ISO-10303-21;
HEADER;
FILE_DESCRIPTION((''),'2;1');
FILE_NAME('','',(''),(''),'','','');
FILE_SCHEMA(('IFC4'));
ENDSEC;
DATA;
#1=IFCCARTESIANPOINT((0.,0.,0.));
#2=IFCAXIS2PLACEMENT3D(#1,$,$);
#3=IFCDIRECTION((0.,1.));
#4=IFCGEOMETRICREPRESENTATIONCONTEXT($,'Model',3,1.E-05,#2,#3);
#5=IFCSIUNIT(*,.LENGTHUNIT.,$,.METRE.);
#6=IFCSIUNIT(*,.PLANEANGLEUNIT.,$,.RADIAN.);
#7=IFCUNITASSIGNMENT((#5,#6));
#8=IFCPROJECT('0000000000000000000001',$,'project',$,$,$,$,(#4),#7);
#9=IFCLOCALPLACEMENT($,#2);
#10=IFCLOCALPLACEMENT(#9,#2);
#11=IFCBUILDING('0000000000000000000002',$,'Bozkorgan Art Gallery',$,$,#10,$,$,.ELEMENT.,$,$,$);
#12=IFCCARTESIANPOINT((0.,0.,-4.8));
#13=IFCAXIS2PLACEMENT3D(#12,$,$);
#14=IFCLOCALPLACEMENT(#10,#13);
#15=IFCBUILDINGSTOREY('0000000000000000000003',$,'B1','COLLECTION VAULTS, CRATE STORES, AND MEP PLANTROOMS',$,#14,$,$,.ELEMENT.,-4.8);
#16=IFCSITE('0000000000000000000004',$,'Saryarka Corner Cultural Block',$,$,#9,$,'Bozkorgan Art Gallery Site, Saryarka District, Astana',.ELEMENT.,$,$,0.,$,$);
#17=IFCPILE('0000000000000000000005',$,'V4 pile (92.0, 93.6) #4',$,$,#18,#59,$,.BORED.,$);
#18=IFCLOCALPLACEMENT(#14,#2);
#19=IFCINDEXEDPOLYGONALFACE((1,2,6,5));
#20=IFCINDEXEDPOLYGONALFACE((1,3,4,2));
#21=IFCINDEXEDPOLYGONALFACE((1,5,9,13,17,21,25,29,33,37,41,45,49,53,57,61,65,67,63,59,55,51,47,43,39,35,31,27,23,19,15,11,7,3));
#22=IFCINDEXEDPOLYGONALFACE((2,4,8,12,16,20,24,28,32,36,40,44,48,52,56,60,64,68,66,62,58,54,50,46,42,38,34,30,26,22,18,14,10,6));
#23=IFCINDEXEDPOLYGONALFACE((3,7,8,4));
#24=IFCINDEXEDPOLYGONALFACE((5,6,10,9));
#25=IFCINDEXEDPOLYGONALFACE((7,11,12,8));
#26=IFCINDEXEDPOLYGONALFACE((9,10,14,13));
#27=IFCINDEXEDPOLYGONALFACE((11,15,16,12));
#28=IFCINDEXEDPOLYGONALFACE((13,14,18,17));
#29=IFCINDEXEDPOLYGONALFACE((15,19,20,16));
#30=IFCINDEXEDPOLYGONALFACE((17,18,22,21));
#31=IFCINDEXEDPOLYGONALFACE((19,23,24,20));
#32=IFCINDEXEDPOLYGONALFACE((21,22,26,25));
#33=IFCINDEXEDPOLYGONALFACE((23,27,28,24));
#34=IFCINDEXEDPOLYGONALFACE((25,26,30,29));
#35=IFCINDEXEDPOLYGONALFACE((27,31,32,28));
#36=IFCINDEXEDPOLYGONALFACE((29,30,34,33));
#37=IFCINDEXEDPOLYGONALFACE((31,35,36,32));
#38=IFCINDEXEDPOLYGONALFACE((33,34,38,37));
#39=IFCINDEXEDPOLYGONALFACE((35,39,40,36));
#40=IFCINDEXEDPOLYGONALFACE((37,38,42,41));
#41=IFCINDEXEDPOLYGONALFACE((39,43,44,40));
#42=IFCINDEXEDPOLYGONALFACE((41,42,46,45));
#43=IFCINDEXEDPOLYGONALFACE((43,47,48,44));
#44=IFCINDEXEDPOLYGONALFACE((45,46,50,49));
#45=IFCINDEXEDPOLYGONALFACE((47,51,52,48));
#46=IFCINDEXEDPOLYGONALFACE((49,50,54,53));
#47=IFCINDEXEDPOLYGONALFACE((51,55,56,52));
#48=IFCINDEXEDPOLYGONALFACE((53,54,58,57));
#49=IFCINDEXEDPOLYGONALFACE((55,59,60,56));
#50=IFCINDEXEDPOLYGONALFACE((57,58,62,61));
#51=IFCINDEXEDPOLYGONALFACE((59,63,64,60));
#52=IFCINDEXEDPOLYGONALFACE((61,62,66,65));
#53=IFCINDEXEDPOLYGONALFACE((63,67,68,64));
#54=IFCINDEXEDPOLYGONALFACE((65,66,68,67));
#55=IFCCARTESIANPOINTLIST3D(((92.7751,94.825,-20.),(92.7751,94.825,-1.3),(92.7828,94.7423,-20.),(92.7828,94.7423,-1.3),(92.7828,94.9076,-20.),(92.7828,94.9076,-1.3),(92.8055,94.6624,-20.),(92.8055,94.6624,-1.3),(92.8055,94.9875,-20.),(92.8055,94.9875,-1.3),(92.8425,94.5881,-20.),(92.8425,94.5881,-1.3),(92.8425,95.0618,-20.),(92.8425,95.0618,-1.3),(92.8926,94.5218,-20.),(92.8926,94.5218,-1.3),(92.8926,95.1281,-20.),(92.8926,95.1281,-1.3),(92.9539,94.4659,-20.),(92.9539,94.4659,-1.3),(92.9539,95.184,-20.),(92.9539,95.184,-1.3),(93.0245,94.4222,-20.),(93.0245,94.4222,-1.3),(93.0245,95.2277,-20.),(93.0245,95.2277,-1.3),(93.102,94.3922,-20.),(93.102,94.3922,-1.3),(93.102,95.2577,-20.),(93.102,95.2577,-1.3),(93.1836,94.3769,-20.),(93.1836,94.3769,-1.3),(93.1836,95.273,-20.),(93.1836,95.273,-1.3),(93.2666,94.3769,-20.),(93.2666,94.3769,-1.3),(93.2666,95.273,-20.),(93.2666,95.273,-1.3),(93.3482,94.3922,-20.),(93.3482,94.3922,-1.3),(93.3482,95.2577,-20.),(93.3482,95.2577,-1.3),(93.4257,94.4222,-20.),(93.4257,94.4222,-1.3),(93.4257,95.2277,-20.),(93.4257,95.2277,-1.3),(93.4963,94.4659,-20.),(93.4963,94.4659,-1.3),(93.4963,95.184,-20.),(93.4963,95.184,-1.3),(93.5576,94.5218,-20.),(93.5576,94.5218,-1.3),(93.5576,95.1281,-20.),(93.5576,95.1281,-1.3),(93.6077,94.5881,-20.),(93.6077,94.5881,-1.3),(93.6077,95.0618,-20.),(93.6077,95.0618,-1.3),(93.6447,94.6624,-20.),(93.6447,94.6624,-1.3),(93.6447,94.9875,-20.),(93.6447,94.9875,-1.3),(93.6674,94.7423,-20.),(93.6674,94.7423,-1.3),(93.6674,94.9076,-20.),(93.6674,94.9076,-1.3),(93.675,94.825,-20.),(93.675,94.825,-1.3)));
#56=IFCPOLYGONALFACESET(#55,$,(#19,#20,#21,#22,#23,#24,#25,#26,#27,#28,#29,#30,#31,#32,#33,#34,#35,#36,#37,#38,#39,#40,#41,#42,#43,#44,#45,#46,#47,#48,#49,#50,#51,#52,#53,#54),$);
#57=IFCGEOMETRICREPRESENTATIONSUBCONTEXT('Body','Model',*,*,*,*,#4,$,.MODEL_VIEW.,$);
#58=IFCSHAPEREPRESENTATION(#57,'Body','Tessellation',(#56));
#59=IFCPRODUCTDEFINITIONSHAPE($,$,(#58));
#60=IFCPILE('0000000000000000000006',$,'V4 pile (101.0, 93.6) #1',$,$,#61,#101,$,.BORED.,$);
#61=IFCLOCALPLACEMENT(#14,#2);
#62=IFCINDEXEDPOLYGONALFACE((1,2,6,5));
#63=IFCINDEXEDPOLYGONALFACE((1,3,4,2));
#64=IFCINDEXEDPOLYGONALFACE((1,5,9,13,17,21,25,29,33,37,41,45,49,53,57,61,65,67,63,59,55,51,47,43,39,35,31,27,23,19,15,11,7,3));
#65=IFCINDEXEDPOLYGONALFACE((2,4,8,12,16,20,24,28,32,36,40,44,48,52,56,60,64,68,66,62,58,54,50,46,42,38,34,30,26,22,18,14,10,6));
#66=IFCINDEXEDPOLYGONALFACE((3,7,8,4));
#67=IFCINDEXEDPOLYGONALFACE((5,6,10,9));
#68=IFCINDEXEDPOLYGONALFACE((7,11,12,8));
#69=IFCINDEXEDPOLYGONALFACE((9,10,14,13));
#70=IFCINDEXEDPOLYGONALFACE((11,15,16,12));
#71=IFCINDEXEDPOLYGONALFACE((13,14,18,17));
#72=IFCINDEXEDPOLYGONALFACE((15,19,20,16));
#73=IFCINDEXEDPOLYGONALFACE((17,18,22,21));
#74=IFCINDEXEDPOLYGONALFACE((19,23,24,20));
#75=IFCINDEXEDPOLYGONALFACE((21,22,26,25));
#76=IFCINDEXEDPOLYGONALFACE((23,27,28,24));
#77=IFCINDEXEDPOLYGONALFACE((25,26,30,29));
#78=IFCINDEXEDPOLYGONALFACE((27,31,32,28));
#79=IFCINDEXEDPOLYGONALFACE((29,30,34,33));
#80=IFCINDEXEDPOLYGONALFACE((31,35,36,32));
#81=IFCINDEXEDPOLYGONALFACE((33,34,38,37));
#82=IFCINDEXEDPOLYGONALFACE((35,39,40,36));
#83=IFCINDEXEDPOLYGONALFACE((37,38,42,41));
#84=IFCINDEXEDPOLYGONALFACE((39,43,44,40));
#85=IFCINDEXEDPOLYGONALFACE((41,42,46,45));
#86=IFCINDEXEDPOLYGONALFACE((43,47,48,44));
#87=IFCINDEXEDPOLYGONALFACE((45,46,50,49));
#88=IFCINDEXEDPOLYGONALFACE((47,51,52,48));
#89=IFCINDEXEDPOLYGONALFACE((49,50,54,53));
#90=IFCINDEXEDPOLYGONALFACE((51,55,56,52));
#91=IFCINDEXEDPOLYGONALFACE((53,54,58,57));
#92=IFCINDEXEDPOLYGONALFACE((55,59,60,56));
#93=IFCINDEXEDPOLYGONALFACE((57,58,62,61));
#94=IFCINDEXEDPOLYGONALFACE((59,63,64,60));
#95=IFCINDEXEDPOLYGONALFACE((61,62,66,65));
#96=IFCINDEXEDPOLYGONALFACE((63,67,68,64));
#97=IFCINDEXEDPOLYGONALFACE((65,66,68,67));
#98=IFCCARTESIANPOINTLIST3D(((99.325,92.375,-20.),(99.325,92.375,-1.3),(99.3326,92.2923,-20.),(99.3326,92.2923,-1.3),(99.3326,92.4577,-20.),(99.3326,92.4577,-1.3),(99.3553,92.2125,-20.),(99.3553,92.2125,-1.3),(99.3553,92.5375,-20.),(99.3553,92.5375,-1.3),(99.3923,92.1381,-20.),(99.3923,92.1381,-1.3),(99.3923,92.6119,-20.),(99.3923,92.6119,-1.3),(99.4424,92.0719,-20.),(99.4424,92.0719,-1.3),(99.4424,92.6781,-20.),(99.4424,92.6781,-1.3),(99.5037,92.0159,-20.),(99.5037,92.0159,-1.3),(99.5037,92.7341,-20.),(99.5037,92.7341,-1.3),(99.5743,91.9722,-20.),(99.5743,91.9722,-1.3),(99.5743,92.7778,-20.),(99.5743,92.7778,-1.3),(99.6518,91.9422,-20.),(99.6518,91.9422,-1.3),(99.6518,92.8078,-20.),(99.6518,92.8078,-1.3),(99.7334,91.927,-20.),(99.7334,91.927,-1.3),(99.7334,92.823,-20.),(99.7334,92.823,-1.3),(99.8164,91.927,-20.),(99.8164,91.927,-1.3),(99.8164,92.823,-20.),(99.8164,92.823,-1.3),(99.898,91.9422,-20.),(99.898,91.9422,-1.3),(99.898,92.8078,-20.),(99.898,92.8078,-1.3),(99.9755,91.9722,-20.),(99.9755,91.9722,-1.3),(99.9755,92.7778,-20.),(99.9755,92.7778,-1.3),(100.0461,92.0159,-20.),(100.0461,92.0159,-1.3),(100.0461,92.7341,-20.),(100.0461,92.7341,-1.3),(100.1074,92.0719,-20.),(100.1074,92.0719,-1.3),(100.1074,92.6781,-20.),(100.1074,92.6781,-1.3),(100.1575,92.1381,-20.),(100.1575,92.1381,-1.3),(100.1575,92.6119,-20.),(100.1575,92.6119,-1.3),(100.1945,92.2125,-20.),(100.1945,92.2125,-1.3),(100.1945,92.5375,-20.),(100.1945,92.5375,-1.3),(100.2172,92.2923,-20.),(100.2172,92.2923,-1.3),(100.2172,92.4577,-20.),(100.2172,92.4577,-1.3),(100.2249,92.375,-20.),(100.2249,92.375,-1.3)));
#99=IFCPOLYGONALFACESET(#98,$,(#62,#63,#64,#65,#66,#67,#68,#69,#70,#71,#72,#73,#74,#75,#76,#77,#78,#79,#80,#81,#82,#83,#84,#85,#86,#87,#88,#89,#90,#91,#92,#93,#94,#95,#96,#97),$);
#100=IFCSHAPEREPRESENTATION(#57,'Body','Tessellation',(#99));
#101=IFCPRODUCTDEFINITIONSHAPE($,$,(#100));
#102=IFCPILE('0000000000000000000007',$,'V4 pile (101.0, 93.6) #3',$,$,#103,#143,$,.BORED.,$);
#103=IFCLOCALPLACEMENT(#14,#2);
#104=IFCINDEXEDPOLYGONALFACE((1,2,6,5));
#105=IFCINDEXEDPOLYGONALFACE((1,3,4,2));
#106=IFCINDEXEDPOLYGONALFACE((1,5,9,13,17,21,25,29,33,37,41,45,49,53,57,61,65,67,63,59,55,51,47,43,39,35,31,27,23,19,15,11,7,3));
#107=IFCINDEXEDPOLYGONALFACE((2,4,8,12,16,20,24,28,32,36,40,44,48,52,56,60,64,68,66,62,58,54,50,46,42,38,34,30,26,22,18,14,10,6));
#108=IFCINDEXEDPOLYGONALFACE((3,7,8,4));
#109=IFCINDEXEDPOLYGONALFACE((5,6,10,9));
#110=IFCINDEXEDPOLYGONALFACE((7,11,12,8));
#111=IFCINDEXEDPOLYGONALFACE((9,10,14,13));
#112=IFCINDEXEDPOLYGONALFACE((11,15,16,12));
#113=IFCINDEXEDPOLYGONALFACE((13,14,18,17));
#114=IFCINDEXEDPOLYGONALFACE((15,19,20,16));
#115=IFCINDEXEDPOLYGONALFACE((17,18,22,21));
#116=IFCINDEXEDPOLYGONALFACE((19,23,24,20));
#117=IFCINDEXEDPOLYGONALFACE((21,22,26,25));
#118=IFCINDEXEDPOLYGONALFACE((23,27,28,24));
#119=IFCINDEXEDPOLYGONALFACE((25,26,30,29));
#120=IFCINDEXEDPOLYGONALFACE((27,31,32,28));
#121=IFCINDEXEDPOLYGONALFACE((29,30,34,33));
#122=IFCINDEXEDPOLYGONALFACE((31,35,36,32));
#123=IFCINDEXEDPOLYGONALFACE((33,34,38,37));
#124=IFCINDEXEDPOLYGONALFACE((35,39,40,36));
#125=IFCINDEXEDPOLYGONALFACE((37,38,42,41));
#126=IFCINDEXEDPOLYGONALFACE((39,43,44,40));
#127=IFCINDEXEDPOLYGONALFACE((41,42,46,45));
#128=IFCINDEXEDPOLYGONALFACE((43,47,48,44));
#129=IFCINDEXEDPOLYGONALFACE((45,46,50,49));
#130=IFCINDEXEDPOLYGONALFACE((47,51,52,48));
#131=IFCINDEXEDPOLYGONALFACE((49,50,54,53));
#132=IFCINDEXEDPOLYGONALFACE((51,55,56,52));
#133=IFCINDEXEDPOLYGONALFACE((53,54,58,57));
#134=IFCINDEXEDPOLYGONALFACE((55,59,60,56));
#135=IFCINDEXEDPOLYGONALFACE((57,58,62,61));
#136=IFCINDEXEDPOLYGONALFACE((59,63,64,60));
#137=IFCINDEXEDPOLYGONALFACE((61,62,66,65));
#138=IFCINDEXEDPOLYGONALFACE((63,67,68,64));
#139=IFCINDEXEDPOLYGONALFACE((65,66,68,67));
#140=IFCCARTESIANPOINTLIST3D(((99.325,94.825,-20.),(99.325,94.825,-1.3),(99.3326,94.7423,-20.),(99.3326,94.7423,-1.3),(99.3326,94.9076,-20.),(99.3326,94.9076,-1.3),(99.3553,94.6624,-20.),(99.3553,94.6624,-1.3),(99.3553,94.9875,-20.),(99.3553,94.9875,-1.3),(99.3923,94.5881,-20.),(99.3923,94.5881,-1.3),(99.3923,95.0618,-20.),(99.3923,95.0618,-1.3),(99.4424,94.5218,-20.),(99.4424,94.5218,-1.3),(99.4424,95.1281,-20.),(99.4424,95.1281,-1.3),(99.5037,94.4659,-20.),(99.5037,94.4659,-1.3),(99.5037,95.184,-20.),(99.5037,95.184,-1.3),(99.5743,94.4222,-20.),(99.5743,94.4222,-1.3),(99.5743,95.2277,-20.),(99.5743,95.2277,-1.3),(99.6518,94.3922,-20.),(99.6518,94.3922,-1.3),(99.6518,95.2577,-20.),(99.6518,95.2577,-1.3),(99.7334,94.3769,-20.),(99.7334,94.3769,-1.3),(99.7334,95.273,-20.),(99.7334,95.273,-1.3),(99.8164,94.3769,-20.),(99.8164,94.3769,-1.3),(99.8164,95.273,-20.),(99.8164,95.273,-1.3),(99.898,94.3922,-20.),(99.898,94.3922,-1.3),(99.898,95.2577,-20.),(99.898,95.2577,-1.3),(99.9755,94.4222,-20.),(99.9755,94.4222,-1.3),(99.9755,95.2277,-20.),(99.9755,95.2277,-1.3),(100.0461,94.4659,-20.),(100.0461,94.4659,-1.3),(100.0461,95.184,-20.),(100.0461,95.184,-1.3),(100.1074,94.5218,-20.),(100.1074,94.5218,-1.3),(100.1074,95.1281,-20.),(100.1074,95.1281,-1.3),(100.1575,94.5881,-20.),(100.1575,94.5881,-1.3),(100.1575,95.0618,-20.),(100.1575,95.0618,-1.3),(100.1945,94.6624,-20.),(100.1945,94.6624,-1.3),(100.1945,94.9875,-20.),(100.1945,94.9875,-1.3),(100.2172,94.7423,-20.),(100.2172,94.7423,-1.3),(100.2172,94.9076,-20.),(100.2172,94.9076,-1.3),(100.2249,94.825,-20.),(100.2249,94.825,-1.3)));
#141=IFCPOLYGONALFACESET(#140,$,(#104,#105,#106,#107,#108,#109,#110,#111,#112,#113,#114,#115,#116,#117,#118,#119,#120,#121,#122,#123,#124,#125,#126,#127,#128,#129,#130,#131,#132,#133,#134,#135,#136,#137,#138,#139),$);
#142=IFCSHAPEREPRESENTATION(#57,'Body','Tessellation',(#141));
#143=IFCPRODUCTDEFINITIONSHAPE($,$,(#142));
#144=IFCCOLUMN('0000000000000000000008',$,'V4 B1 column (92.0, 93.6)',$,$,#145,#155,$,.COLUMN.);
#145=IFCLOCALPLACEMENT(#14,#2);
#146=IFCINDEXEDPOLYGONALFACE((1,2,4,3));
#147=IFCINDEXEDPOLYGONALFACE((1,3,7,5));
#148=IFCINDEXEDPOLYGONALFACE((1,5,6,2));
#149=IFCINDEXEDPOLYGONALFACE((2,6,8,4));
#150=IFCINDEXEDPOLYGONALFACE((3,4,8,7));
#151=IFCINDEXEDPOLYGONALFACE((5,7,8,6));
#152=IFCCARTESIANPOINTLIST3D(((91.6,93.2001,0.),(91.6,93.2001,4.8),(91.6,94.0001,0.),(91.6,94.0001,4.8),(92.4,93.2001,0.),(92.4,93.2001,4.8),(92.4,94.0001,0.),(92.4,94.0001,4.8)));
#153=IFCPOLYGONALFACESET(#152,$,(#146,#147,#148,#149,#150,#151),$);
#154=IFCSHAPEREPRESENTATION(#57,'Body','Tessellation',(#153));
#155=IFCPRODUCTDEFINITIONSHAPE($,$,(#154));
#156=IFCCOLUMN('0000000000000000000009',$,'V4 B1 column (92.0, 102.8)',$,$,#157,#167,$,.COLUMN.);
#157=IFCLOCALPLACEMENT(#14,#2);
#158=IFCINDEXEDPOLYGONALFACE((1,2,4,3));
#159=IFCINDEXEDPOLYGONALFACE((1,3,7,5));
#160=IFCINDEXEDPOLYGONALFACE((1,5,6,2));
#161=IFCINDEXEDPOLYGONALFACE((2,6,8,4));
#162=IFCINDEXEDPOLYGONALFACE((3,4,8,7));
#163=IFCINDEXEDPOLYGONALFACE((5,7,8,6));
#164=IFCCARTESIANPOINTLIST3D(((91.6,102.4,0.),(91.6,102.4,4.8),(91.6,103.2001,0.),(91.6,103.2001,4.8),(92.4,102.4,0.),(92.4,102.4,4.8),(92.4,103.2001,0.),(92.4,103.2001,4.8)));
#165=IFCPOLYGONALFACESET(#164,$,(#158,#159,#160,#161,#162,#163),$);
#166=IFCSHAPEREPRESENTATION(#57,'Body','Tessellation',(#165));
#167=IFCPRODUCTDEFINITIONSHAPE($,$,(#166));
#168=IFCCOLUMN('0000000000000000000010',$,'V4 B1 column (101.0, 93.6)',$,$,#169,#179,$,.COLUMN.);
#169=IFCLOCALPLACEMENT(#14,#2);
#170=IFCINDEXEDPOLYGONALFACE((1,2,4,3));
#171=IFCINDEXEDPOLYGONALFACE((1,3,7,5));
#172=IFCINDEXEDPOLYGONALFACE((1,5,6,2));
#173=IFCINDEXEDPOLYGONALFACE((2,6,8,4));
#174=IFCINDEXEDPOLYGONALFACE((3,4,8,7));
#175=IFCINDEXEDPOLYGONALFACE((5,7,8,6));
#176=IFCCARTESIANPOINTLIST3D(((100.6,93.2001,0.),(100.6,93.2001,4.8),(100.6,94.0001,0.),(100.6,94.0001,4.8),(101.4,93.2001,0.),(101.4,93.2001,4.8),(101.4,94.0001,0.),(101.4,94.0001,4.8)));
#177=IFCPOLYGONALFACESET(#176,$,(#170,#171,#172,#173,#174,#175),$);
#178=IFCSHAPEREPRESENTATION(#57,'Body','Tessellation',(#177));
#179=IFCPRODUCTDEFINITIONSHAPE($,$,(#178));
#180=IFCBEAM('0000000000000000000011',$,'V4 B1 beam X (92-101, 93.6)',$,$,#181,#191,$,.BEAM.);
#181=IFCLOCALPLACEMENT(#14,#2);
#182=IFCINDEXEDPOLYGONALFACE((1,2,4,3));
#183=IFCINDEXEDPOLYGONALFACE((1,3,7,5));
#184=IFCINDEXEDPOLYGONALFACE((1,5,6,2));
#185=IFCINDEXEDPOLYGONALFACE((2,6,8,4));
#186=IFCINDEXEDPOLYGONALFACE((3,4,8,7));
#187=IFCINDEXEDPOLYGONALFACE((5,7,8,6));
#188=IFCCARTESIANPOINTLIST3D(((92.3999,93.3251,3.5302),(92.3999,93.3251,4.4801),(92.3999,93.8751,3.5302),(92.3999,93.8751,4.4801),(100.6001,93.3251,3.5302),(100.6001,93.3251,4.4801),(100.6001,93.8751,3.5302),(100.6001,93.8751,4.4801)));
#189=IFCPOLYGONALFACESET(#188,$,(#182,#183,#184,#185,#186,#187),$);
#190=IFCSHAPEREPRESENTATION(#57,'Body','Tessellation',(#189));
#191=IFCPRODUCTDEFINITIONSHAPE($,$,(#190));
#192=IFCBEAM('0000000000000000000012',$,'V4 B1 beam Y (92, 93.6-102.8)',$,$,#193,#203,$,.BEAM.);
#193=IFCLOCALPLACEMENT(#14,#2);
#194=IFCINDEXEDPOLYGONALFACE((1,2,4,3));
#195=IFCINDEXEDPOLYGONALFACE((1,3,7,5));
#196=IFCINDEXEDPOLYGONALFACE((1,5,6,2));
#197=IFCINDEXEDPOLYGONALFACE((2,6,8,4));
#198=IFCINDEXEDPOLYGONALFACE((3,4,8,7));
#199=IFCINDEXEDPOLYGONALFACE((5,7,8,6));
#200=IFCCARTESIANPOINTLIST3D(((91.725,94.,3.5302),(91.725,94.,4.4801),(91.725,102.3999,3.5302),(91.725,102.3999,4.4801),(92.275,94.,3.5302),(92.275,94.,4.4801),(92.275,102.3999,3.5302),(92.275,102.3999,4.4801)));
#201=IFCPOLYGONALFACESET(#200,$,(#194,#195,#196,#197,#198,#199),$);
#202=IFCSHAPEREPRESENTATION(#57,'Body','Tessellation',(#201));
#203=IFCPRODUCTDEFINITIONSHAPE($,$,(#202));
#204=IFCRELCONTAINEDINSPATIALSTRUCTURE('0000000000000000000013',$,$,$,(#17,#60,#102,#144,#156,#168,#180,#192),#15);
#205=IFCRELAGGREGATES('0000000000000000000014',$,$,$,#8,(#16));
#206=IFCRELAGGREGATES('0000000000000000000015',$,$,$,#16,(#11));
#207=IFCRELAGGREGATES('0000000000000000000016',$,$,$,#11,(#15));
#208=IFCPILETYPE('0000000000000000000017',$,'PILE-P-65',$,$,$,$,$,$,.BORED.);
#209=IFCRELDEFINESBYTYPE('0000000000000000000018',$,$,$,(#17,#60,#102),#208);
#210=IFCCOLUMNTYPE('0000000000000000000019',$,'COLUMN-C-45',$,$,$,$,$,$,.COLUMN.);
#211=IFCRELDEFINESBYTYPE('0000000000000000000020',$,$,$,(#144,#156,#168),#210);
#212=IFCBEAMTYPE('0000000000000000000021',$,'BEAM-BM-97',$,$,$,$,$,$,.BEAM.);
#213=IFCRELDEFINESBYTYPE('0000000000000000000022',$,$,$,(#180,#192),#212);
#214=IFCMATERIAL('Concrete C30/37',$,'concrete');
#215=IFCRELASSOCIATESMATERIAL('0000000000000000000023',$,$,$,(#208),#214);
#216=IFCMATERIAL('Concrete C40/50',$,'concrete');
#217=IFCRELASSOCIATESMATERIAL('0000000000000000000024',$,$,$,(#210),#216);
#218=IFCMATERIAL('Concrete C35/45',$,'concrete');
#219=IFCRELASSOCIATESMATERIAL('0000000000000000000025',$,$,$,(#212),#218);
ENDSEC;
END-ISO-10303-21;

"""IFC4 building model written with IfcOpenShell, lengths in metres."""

from ifc_helpers import new_model, si_unit, direction, frame, origin, origin_2d, place, context, subcontext, project, spatial, rectangle, circle, extrude, material, material_profile, profile_set, type_object, element, save


model = new_model("IFC4")

# Units and contexts
model_context = context("Model", 3, precision=1e-05, world=origin(), true_north=direction((0.0, 1.0)))
body_context = subcontext(model_context, "Body", "Model", "MODEL_VIEW")
ifc_project = project(units=[si_unit("LENGTHUNIT", "METRE"), si_unit("PLANEANGLEUNIT", "RADIAN")], contexts=[model_context])

# Site, building, storey
site_placement = place(None, origin())
site = spatial("IfcSite", under=ifc_project, at=site_placement, Name="Saryarka Corner Cultural Block", LongName="Bozkorgan Art Gallery Site, Saryarka District, Astana", CompositionType="ELEMENT", RefElevation=0.0)
building_placement = place(site_placement, origin())
building = spatial("IfcBuilding", under=site, at=building_placement, Name="Bozkorgan Art Gallery", CompositionType="ELEMENT")
storey_placement = place(building_placement, frame((0.0, 0.0, -4.8)))
storey = spatial("IfcBuildingStorey", under=building, at=storey_placement, Name="B1", Description="COLLECTION VAULTS, CRATE STORES, AND MEP PLANTROOMS", CompositionType="ELEMENT", Elevation=-4.8)

# Shared definitions
ifc_material_1 = material(Name="Concrete C30/37", Category="concrete")

# Piles
ifc_material_profile_1 = material_profile(ifc_material_1, circle(Radius=0.45, at=origin_2d()), Name="PILE D900")
ifc_profile_set_1 = profile_set([ifc_material_profile_1], Name="Concrete C30/37")
pile_type_1 = type_object("IfcPileType", Name="PILE-P-65", PredefinedType="BORED", material=ifc_profile_set_1)
for number, where, z_axis, x_axis, name in (
    (1, (93.2251, 94.825, -1.3), (0.0, 0.0, -1.0), (1.0, 0.0, 0.0), "V4 pile (92.0, 93.6) #4"),
    (2, (99.7749, 92.375, -1.3), (0.0, 0.0, -1.0), (1.0, 0.0, 0.0), "V4 pile (101.0, 93.6) #1"),
    (3, (99.7749, 94.825, -1.3), (0.0, 0.0, -1.0), (1.0, 0.0, 0.0), "V4 pile (101.0, 93.6) #3"),
):
    element("IfcPile", number, at=place(storey_placement, frame(where, z_axis=z_axis, x_axis=x_axis)), inside=storey, type_object=pile_type_1, Name=name, PredefinedType="BORED", context=body_context, shape_type="SweptSolid", body=[
        extrude(circle(Radius=0.45, at=origin_2d()), origin(), (0.0, 0.0, 1.0), 18.7),
    ])

# Columns
ifc_material_2 = material(Name="Concrete C40/50", Category="concrete")
ifc_material_profile_2 = material_profile(ifc_material_2, rectangle(XDim=0.8, YDim=0.8, at=origin_2d()), Name="RC 800x800")
ifc_profile_set_2 = profile_set([ifc_material_profile_2], Name="Concrete C40/50")
column_type = type_object("IfcColumnType", Name="COLUMN-C-45", PredefinedType="COLUMN", material=ifc_profile_set_2)
for number, where, z_axis, x_axis, name in (
    (4, (92.0, 93.6001, 0.0), (0.0, 0.0, 1.0), (1.0, 0.0, 0.0), "V4 B1 column (92.0, 93.6)"),
    (5, (92.0, 102.8, 0.0), (0.0, 0.0, 1.0), (1.0, 0.0, 0.0), "V4 B1 column (92.0, 102.8)"),
    (6, (101.0, 93.6001, 0.0), (0.0, 0.0, 1.0), (1.0, 0.0, 0.0), "V4 B1 column (101.0, 93.6)"),
):
    element("IfcColumn", number, at=place(storey_placement, frame(where, z_axis=z_axis, x_axis=x_axis)), inside=storey, type_object=column_type, Name=name, PredefinedType="COLUMN", context=body_context, shape_type="SweptSolid", body=[
        extrude(rectangle(XDim=0.8, YDim=0.8, at=origin_2d()), origin(), (0.0, 0.0, 1.0), 4.8),
    ])

# Beams
ifc_material_3 = material(Name="Concrete C35/45", Category="concrete")
ifc_material_profile_3 = material_profile(ifc_material_3, rectangle(XDim=0.55, YDim=0.95, at=origin_2d()), Name="RC 550x950")
ifc_profile_set_3 = profile_set([ifc_material_profile_3], Name="Concrete C35/45")
beam_type_1 = type_object("IfcBeamType", Name="BEAM-BM-97", PredefinedType="BEAM", material=ifc_profile_set_3)
beam_1_placement = place(storey_placement, frame((92.3999, 93.6001, 4.0051), z_axis=(1.0, 0.0, 0.0), x_axis=(0.0, 1.0, 0.0)))
element("IfcBeam", 7, at=beam_1_placement, inside=storey, type_object=beam_type_1, Name="V4 B1 beam X (92-101, 93.6)", PredefinedType="BEAM", context=body_context, shape_type="SweptSolid", body=[
    extrude(rectangle(XDim=0.55, YDim=0.95, at=origin_2d()), origin(), (0.0, 0.0, 1.0), 8.2002),
])
beam_2_placement = place(storey_placement, frame((92.0, 94.0, 4.0051), z_axis=(0.0, 1.0, 0.0), x_axis=(-1.0, 0.0, 0.0)))
element("IfcBeam", 8, at=beam_2_placement, inside=storey, type_object=beam_type_1, Name="V4 B1 beam Y (92, 93.6-102.8)", PredefinedType="BEAM", context=body_context, shape_type="SweptSolid", body=[
    extrude(rectangle(XDim=0.55, YDim=0.95, at=origin_2d()), origin(), (0.0, 0.0, 1.0), 8.3999),
])

save(model, "model.ifc")
